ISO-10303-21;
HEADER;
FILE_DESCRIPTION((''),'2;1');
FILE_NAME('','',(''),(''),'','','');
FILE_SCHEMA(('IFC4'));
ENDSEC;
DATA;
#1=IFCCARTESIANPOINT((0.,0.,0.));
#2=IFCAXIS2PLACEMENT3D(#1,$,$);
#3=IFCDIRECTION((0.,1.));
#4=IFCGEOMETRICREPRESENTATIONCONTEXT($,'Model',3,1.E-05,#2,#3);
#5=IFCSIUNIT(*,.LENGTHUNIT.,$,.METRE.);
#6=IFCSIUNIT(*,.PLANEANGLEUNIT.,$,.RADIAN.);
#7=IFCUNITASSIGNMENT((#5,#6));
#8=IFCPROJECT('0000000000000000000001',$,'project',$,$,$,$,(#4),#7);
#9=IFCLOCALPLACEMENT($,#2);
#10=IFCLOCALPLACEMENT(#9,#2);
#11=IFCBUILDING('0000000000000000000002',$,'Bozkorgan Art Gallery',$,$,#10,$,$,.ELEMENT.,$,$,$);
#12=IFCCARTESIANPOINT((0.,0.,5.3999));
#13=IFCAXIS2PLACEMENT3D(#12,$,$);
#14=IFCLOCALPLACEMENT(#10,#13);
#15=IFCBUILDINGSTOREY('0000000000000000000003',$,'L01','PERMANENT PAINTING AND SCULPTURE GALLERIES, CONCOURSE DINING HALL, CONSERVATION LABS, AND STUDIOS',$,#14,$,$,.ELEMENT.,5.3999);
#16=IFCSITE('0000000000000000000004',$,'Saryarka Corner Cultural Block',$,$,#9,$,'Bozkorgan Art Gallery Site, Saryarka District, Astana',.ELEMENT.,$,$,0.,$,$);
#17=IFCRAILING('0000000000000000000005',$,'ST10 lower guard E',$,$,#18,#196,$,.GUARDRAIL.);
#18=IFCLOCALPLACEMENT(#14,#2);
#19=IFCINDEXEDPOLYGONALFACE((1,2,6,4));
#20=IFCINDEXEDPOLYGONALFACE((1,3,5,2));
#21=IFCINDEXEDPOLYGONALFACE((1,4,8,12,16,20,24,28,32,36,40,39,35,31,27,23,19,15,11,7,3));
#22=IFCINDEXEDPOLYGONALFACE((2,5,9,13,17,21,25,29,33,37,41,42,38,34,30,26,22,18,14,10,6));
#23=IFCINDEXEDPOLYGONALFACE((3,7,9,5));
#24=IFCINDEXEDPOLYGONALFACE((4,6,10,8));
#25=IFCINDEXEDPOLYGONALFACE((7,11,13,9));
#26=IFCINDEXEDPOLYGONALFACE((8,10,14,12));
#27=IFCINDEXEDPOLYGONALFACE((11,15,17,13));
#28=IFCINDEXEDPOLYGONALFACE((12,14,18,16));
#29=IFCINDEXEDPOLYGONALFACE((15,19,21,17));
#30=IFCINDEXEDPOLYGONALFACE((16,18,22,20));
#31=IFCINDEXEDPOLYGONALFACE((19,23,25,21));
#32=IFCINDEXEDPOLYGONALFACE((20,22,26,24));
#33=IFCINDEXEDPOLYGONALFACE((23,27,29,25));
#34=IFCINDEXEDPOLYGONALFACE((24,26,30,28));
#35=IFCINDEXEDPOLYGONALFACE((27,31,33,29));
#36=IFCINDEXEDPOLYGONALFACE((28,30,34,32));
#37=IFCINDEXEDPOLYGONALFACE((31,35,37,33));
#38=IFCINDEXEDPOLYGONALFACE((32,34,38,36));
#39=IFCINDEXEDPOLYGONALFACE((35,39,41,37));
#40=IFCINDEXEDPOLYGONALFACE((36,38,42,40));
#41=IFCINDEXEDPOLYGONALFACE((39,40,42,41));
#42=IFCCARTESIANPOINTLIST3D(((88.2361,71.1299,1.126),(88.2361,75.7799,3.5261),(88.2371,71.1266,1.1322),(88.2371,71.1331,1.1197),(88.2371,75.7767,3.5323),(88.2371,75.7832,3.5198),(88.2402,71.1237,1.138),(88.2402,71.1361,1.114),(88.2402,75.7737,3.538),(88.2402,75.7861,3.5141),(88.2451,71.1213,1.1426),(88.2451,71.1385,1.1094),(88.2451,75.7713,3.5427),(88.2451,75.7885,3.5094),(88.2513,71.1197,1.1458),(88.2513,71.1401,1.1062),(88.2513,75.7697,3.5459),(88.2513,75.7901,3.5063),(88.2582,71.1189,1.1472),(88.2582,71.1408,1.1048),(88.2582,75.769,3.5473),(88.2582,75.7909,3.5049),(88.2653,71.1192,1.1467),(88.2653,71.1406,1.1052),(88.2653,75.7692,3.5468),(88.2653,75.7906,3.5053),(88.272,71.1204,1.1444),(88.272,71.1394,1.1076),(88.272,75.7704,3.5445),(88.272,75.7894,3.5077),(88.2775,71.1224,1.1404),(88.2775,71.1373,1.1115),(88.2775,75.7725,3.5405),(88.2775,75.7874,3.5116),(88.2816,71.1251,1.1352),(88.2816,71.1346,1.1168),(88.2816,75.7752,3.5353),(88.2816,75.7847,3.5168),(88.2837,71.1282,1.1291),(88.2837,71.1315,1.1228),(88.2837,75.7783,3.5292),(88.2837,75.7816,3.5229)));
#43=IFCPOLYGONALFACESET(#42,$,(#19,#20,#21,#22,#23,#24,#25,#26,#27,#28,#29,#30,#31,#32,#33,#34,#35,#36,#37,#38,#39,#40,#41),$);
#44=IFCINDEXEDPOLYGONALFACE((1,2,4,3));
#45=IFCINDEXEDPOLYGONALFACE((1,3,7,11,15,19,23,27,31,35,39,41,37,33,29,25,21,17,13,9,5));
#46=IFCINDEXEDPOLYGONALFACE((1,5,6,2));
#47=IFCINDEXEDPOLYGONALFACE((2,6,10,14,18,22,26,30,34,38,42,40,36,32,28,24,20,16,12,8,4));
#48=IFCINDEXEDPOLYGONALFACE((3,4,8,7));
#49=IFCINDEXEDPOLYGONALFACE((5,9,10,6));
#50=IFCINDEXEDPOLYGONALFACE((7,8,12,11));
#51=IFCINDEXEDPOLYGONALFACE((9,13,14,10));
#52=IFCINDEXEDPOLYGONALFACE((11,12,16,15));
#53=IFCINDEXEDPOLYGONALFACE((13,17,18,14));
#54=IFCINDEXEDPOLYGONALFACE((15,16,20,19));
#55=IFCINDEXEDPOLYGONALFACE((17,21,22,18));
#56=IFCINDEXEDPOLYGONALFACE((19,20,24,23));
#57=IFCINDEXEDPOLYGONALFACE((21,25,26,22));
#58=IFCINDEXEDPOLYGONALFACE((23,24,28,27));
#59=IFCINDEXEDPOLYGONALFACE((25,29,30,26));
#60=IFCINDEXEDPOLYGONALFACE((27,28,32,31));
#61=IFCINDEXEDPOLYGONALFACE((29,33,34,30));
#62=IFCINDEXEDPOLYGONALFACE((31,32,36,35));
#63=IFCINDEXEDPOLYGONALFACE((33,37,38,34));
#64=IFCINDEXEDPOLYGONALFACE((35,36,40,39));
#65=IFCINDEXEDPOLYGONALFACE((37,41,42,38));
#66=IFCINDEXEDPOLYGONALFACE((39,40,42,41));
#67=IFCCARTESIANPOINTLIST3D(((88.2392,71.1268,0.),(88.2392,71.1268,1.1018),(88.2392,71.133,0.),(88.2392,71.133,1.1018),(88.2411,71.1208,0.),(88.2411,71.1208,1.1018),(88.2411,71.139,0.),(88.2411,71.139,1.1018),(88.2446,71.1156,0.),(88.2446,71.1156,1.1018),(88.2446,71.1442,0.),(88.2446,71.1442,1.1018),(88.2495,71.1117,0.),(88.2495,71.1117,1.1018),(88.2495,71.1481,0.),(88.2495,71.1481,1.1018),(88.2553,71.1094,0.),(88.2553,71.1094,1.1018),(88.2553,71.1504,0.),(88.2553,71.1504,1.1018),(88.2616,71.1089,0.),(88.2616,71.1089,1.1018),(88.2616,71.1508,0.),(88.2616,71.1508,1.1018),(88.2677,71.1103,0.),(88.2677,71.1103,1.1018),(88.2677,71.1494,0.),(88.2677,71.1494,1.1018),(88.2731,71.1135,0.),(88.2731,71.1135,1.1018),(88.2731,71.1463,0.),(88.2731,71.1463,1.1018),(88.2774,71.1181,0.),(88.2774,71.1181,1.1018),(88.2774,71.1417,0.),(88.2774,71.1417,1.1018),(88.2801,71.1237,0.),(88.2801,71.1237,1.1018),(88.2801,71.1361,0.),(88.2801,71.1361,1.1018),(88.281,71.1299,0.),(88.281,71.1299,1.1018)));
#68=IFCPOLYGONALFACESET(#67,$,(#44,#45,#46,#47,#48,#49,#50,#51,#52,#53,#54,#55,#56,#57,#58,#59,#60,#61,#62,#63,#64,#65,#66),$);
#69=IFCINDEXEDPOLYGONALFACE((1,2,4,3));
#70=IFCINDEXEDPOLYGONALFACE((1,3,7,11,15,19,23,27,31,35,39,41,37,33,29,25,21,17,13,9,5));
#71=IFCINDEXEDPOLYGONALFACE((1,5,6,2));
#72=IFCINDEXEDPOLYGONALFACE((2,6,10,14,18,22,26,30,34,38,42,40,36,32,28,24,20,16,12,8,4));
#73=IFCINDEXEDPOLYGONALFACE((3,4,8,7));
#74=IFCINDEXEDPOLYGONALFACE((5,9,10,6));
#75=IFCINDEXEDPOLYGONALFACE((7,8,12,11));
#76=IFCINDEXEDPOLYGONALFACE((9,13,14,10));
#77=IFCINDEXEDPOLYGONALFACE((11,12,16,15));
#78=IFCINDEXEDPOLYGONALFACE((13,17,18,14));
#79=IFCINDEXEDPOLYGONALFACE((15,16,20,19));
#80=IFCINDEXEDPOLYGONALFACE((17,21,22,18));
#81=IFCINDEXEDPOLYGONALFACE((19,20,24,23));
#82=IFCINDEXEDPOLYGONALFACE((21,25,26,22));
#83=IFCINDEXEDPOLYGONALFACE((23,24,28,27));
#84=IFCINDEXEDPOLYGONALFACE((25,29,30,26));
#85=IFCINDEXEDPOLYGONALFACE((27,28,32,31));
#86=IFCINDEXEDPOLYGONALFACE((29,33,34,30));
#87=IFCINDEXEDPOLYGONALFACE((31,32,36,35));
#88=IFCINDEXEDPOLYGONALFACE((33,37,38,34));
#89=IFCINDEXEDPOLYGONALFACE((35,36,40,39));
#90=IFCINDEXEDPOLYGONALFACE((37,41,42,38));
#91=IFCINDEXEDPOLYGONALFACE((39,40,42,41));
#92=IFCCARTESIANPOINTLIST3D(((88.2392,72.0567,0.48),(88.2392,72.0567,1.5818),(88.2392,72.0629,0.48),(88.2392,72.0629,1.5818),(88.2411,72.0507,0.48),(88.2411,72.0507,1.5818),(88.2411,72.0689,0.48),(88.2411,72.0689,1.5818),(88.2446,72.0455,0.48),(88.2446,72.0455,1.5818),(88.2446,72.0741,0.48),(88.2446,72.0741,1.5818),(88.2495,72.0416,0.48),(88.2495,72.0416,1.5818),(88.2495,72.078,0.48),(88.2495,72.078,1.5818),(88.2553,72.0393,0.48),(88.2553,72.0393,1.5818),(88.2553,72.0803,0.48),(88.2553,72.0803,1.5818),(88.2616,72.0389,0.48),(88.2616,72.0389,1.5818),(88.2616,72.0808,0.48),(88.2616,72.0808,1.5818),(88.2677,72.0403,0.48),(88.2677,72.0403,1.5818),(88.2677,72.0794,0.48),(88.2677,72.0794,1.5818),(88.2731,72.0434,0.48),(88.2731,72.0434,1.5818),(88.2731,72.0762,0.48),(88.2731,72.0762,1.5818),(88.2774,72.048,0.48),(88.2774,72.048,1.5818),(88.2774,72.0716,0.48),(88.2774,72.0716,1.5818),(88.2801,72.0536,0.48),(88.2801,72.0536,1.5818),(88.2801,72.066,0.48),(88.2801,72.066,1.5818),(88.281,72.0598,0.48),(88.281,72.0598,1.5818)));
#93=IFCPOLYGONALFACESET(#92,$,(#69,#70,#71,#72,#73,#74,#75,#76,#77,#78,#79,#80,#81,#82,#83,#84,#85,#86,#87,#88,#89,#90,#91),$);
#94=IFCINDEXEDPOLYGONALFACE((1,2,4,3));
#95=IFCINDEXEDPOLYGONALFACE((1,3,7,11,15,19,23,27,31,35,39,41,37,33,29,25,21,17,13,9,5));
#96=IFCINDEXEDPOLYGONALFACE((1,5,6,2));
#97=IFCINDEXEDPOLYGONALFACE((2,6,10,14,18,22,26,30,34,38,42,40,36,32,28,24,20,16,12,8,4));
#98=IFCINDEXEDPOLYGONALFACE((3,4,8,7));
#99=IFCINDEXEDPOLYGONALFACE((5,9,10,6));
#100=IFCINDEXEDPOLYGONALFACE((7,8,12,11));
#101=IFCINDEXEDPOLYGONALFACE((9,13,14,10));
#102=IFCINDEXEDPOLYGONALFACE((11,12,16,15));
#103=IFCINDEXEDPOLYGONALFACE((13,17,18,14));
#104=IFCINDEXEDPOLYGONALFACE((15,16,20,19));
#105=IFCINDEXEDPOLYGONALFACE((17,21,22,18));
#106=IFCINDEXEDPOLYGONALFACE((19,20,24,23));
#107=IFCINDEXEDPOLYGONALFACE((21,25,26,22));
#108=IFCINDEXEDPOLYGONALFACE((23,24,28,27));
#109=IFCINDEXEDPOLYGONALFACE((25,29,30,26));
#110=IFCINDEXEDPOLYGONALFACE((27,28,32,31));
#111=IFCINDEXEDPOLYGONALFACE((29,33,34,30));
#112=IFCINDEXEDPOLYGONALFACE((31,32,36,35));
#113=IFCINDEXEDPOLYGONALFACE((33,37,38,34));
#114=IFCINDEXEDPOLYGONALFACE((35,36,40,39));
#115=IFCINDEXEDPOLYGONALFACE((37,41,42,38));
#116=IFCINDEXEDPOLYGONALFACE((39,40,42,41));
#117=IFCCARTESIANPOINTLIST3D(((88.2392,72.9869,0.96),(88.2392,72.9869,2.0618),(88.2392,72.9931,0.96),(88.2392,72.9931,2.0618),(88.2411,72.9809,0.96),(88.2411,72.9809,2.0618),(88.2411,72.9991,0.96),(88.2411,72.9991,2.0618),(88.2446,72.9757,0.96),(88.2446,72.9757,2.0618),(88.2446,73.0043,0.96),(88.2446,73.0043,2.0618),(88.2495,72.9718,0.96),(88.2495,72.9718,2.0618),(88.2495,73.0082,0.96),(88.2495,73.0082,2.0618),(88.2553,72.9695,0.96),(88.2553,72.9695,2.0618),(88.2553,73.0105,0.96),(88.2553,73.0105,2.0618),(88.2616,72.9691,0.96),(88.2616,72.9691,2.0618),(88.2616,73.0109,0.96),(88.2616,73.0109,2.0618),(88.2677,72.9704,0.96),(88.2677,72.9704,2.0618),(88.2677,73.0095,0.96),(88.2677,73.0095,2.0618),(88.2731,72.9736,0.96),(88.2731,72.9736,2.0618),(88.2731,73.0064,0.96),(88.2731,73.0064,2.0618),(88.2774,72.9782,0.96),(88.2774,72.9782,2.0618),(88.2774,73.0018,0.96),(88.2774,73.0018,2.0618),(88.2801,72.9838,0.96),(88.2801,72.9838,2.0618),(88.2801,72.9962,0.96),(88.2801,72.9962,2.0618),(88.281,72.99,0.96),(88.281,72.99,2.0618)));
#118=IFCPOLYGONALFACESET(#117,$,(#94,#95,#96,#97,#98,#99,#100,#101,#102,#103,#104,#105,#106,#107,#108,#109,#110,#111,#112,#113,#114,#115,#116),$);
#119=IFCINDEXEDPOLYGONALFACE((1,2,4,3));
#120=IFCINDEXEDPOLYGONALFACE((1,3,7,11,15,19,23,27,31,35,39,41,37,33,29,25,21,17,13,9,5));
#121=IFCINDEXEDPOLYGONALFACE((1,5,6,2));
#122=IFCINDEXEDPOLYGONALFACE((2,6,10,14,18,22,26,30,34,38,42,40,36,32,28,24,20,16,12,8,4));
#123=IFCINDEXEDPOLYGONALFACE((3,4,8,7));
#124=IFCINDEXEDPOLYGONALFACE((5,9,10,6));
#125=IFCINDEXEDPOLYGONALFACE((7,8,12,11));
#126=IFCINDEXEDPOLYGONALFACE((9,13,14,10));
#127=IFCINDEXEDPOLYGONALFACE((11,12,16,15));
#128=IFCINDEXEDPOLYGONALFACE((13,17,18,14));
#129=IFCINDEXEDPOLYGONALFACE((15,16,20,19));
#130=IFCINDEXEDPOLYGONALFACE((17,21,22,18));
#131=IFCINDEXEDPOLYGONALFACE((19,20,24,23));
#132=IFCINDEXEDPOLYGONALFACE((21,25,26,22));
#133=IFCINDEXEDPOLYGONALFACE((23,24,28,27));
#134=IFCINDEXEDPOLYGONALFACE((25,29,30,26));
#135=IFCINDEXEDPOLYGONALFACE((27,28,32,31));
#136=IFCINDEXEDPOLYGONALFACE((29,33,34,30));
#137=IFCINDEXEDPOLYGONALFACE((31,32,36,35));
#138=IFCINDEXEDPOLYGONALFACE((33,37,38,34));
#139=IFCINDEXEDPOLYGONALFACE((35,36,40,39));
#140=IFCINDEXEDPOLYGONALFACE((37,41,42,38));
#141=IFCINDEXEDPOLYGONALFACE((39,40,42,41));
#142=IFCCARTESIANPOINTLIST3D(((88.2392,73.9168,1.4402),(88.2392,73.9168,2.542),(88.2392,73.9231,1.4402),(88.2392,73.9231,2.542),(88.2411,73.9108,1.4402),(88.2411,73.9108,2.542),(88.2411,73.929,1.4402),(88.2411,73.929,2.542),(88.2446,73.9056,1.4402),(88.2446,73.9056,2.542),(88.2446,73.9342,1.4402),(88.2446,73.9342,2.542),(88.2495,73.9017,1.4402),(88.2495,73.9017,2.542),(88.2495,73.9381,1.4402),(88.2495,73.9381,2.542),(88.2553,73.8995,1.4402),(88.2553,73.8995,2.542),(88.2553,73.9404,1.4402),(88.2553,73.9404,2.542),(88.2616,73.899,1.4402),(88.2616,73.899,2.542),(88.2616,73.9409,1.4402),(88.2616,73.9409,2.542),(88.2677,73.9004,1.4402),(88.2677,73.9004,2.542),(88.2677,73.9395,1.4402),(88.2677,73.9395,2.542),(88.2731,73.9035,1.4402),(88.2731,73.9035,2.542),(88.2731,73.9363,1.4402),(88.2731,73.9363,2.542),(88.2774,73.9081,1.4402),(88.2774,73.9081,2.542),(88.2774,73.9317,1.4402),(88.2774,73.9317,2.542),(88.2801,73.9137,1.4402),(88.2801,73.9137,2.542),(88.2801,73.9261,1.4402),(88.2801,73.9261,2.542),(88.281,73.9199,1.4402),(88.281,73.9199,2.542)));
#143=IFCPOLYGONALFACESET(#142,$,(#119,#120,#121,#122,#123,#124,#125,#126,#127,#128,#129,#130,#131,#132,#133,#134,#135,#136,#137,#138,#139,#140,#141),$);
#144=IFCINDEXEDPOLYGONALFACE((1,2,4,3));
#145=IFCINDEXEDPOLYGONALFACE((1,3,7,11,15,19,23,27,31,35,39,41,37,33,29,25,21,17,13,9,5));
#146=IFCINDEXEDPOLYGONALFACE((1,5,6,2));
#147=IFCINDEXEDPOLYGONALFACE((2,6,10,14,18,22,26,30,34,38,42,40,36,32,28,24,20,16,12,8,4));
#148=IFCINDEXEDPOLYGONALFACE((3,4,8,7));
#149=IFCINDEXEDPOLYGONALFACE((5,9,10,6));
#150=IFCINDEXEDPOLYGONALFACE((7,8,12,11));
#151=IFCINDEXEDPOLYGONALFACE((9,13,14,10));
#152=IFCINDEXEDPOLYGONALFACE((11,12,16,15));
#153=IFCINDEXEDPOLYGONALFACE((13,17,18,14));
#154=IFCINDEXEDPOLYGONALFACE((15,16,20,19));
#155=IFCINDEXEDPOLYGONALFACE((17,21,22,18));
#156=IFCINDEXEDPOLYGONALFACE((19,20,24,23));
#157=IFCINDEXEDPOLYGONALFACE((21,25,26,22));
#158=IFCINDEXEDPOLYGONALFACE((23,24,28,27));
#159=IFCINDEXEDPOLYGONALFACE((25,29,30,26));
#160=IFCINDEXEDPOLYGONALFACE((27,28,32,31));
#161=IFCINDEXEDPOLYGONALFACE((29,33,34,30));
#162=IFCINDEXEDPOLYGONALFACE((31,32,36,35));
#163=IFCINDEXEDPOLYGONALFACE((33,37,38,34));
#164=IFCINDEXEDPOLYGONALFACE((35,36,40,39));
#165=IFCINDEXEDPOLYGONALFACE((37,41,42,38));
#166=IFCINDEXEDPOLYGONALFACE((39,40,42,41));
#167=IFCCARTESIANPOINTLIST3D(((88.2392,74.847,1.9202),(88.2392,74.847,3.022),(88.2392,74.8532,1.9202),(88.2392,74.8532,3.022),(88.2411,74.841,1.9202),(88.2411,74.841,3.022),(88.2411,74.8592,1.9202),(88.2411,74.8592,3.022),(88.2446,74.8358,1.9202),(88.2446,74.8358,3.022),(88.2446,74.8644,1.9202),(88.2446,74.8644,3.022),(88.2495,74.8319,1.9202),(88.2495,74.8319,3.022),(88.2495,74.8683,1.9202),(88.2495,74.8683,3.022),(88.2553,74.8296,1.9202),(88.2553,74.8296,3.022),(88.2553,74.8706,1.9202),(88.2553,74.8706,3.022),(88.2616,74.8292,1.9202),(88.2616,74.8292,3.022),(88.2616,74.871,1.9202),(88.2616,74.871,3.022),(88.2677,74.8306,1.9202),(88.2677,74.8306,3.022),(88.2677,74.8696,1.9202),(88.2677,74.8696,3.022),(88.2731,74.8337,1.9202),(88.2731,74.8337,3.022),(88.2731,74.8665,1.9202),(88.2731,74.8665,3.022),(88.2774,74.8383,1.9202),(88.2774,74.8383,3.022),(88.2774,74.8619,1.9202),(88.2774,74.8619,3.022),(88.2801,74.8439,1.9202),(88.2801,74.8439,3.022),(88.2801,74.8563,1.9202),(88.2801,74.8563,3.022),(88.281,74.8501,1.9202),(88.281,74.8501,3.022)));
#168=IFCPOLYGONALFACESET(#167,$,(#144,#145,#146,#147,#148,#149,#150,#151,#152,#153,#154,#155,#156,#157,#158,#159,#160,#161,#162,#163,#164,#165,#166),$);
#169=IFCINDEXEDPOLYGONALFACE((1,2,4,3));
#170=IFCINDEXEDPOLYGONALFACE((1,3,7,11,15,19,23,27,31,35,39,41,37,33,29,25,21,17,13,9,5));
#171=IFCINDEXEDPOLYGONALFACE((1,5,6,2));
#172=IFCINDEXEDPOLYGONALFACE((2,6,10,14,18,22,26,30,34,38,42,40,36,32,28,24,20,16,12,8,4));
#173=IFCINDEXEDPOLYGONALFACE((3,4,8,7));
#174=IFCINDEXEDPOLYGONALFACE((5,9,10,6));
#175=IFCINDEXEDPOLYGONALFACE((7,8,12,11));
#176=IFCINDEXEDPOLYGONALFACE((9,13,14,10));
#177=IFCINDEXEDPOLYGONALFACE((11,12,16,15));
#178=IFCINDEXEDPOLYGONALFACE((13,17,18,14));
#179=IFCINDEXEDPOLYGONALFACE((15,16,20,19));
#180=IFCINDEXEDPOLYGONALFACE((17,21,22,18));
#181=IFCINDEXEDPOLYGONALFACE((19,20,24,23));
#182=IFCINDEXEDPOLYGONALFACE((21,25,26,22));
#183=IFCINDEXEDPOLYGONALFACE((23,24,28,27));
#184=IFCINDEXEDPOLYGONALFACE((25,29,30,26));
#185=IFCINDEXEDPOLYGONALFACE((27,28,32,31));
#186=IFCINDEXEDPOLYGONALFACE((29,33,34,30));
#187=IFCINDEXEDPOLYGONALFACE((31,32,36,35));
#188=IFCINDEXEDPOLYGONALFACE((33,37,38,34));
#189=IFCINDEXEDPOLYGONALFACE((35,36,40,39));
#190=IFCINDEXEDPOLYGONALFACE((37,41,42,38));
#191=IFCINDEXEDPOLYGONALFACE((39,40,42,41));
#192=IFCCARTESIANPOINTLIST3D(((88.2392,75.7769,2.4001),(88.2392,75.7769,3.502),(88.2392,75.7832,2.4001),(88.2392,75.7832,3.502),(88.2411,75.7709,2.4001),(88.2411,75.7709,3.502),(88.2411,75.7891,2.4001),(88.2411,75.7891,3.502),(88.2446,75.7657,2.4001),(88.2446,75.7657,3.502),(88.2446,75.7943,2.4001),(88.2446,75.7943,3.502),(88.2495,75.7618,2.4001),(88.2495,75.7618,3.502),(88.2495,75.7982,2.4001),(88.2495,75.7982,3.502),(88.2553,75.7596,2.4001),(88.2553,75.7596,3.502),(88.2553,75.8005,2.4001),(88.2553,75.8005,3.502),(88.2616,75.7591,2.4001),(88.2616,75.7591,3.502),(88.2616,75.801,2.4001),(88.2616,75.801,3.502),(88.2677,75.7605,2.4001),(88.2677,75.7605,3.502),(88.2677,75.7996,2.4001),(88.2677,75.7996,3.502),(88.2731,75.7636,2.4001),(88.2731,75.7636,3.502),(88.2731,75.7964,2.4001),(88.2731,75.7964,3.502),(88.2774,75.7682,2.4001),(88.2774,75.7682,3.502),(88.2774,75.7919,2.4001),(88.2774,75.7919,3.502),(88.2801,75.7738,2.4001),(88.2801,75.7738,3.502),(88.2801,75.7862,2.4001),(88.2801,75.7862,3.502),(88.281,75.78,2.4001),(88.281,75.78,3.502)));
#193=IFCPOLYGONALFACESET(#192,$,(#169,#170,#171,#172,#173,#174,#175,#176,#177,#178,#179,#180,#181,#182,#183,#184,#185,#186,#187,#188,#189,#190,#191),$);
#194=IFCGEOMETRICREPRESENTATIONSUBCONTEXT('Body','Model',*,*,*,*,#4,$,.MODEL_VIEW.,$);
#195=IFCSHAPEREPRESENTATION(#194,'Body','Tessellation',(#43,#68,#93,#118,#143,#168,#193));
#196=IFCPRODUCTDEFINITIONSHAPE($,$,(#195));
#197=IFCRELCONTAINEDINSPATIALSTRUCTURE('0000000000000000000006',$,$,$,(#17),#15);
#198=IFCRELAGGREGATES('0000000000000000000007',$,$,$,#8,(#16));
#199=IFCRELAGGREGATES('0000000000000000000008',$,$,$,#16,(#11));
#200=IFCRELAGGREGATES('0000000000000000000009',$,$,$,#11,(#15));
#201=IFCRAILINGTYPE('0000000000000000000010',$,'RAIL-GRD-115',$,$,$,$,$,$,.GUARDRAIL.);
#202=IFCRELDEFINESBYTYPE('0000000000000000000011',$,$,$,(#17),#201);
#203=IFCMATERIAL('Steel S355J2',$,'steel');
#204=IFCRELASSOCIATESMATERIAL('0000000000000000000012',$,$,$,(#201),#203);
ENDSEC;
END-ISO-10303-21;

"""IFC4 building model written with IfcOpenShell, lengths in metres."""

from ifc_helpers import new_model, si_unit, direction, frame, origin, origin_2d, place, context, subcontext, project, spatial, circle, extrude, material, type_object, element, save


model = new_model("IFC4")

# Units and contexts
model_context = context("Model", 3, precision=1e-05, world=origin(), true_north=direction((0.0, 1.0)))
body_context = subcontext(model_context, "Body", "Model", "MODEL_VIEW")
ifc_project = project(units=[si_unit("LENGTHUNIT", "METRE"), si_unit("PLANEANGLEUNIT", "RADIAN")], contexts=[model_context])

# Site, building, storey
site_placement = place(None, origin())
site = spatial("IfcSite", under=ifc_project, at=site_placement, Name="Saryarka Corner Cultural Block", LongName="Bozkorgan Art Gallery Site, Saryarka District, Astana", CompositionType="ELEMENT", RefElevation=0.0)
building_placement = place(site_placement, origin())
building = spatial("IfcBuilding", under=site, at=building_placement, Name="Bozkorgan Art Gallery", CompositionType="ELEMENT")
storey_placement = place(building_placement, frame((0.0, 0.0, 5.3999)))
storey = spatial("IfcBuildingStorey", under=building, at=storey_placement, Name="L01", Description="PERMANENT PAINTING AND SCULPTURE GALLERIES, CONCOURSE DINING HALL, CONSERVATION LABS, AND STUDIOS", CompositionType="ELEMENT", Elevation=5.3999)

# Shared definitions
ifc_material_1 = material(Name="Steel S355J2", Category="steel")

# Railing
railing_type = type_object("IfcRailingType", Name="RAIL-GRD-115", PredefinedType="GUARDRAIL", material=ifc_material_1)
for number, where, name in (
    (1, (88.26, 71.1299, 0.0), "ST10 lower guard E"),
):
    element("IfcRailing", number, at=place(storey_placement, frame(where)), inside=storey, type_object=railing_type, Name=name, PredefinedType="GUARDRAIL", context=body_context, shape_type="SweptSolid", body=[
        extrude(circle(Radius=0.0239, at=origin_2d()), frame((0.0, 0.0, 1.126), z_axis=(0.0, 0.888615, 0.458654), x_axis=(-1.0, 0.0, 0.0)), (0.0, 0.0, 1.0), 5.2329),
        extrude(circle(Radius=0.021, at=origin_2d()), origin(), (0.0, 0.0, 1.0), 1.1018),
        extrude(circle(Radius=0.021, at=origin_2d()), frame((0.0, 0.9299, 0.48)), (0.0, 0.0, 1.0), 1.1018),
        extrude(circle(Radius=0.021, at=origin_2d()), frame((0.0, 1.8601, 0.96)), (0.0, 0.0, 1.0), 1.1018),
        extrude(circle(Radius=0.021, at=origin_2d()), frame((0.0, 2.79, 1.4402)), (0.0, 0.0, 1.0), 1.1018),
        extrude(circle(Radius=0.021, at=origin_2d()), frame((0.0, 3.7202, 1.9202)), (0.0, 0.0, 1.0), 1.1018),
        extrude(circle(Radius=0.021, at=origin_2d()), frame((0.0, 4.6501, 2.4001)), (0.0, 0.0, 1.0), 1.1018),
    ])

save(model, "model.ifc")
